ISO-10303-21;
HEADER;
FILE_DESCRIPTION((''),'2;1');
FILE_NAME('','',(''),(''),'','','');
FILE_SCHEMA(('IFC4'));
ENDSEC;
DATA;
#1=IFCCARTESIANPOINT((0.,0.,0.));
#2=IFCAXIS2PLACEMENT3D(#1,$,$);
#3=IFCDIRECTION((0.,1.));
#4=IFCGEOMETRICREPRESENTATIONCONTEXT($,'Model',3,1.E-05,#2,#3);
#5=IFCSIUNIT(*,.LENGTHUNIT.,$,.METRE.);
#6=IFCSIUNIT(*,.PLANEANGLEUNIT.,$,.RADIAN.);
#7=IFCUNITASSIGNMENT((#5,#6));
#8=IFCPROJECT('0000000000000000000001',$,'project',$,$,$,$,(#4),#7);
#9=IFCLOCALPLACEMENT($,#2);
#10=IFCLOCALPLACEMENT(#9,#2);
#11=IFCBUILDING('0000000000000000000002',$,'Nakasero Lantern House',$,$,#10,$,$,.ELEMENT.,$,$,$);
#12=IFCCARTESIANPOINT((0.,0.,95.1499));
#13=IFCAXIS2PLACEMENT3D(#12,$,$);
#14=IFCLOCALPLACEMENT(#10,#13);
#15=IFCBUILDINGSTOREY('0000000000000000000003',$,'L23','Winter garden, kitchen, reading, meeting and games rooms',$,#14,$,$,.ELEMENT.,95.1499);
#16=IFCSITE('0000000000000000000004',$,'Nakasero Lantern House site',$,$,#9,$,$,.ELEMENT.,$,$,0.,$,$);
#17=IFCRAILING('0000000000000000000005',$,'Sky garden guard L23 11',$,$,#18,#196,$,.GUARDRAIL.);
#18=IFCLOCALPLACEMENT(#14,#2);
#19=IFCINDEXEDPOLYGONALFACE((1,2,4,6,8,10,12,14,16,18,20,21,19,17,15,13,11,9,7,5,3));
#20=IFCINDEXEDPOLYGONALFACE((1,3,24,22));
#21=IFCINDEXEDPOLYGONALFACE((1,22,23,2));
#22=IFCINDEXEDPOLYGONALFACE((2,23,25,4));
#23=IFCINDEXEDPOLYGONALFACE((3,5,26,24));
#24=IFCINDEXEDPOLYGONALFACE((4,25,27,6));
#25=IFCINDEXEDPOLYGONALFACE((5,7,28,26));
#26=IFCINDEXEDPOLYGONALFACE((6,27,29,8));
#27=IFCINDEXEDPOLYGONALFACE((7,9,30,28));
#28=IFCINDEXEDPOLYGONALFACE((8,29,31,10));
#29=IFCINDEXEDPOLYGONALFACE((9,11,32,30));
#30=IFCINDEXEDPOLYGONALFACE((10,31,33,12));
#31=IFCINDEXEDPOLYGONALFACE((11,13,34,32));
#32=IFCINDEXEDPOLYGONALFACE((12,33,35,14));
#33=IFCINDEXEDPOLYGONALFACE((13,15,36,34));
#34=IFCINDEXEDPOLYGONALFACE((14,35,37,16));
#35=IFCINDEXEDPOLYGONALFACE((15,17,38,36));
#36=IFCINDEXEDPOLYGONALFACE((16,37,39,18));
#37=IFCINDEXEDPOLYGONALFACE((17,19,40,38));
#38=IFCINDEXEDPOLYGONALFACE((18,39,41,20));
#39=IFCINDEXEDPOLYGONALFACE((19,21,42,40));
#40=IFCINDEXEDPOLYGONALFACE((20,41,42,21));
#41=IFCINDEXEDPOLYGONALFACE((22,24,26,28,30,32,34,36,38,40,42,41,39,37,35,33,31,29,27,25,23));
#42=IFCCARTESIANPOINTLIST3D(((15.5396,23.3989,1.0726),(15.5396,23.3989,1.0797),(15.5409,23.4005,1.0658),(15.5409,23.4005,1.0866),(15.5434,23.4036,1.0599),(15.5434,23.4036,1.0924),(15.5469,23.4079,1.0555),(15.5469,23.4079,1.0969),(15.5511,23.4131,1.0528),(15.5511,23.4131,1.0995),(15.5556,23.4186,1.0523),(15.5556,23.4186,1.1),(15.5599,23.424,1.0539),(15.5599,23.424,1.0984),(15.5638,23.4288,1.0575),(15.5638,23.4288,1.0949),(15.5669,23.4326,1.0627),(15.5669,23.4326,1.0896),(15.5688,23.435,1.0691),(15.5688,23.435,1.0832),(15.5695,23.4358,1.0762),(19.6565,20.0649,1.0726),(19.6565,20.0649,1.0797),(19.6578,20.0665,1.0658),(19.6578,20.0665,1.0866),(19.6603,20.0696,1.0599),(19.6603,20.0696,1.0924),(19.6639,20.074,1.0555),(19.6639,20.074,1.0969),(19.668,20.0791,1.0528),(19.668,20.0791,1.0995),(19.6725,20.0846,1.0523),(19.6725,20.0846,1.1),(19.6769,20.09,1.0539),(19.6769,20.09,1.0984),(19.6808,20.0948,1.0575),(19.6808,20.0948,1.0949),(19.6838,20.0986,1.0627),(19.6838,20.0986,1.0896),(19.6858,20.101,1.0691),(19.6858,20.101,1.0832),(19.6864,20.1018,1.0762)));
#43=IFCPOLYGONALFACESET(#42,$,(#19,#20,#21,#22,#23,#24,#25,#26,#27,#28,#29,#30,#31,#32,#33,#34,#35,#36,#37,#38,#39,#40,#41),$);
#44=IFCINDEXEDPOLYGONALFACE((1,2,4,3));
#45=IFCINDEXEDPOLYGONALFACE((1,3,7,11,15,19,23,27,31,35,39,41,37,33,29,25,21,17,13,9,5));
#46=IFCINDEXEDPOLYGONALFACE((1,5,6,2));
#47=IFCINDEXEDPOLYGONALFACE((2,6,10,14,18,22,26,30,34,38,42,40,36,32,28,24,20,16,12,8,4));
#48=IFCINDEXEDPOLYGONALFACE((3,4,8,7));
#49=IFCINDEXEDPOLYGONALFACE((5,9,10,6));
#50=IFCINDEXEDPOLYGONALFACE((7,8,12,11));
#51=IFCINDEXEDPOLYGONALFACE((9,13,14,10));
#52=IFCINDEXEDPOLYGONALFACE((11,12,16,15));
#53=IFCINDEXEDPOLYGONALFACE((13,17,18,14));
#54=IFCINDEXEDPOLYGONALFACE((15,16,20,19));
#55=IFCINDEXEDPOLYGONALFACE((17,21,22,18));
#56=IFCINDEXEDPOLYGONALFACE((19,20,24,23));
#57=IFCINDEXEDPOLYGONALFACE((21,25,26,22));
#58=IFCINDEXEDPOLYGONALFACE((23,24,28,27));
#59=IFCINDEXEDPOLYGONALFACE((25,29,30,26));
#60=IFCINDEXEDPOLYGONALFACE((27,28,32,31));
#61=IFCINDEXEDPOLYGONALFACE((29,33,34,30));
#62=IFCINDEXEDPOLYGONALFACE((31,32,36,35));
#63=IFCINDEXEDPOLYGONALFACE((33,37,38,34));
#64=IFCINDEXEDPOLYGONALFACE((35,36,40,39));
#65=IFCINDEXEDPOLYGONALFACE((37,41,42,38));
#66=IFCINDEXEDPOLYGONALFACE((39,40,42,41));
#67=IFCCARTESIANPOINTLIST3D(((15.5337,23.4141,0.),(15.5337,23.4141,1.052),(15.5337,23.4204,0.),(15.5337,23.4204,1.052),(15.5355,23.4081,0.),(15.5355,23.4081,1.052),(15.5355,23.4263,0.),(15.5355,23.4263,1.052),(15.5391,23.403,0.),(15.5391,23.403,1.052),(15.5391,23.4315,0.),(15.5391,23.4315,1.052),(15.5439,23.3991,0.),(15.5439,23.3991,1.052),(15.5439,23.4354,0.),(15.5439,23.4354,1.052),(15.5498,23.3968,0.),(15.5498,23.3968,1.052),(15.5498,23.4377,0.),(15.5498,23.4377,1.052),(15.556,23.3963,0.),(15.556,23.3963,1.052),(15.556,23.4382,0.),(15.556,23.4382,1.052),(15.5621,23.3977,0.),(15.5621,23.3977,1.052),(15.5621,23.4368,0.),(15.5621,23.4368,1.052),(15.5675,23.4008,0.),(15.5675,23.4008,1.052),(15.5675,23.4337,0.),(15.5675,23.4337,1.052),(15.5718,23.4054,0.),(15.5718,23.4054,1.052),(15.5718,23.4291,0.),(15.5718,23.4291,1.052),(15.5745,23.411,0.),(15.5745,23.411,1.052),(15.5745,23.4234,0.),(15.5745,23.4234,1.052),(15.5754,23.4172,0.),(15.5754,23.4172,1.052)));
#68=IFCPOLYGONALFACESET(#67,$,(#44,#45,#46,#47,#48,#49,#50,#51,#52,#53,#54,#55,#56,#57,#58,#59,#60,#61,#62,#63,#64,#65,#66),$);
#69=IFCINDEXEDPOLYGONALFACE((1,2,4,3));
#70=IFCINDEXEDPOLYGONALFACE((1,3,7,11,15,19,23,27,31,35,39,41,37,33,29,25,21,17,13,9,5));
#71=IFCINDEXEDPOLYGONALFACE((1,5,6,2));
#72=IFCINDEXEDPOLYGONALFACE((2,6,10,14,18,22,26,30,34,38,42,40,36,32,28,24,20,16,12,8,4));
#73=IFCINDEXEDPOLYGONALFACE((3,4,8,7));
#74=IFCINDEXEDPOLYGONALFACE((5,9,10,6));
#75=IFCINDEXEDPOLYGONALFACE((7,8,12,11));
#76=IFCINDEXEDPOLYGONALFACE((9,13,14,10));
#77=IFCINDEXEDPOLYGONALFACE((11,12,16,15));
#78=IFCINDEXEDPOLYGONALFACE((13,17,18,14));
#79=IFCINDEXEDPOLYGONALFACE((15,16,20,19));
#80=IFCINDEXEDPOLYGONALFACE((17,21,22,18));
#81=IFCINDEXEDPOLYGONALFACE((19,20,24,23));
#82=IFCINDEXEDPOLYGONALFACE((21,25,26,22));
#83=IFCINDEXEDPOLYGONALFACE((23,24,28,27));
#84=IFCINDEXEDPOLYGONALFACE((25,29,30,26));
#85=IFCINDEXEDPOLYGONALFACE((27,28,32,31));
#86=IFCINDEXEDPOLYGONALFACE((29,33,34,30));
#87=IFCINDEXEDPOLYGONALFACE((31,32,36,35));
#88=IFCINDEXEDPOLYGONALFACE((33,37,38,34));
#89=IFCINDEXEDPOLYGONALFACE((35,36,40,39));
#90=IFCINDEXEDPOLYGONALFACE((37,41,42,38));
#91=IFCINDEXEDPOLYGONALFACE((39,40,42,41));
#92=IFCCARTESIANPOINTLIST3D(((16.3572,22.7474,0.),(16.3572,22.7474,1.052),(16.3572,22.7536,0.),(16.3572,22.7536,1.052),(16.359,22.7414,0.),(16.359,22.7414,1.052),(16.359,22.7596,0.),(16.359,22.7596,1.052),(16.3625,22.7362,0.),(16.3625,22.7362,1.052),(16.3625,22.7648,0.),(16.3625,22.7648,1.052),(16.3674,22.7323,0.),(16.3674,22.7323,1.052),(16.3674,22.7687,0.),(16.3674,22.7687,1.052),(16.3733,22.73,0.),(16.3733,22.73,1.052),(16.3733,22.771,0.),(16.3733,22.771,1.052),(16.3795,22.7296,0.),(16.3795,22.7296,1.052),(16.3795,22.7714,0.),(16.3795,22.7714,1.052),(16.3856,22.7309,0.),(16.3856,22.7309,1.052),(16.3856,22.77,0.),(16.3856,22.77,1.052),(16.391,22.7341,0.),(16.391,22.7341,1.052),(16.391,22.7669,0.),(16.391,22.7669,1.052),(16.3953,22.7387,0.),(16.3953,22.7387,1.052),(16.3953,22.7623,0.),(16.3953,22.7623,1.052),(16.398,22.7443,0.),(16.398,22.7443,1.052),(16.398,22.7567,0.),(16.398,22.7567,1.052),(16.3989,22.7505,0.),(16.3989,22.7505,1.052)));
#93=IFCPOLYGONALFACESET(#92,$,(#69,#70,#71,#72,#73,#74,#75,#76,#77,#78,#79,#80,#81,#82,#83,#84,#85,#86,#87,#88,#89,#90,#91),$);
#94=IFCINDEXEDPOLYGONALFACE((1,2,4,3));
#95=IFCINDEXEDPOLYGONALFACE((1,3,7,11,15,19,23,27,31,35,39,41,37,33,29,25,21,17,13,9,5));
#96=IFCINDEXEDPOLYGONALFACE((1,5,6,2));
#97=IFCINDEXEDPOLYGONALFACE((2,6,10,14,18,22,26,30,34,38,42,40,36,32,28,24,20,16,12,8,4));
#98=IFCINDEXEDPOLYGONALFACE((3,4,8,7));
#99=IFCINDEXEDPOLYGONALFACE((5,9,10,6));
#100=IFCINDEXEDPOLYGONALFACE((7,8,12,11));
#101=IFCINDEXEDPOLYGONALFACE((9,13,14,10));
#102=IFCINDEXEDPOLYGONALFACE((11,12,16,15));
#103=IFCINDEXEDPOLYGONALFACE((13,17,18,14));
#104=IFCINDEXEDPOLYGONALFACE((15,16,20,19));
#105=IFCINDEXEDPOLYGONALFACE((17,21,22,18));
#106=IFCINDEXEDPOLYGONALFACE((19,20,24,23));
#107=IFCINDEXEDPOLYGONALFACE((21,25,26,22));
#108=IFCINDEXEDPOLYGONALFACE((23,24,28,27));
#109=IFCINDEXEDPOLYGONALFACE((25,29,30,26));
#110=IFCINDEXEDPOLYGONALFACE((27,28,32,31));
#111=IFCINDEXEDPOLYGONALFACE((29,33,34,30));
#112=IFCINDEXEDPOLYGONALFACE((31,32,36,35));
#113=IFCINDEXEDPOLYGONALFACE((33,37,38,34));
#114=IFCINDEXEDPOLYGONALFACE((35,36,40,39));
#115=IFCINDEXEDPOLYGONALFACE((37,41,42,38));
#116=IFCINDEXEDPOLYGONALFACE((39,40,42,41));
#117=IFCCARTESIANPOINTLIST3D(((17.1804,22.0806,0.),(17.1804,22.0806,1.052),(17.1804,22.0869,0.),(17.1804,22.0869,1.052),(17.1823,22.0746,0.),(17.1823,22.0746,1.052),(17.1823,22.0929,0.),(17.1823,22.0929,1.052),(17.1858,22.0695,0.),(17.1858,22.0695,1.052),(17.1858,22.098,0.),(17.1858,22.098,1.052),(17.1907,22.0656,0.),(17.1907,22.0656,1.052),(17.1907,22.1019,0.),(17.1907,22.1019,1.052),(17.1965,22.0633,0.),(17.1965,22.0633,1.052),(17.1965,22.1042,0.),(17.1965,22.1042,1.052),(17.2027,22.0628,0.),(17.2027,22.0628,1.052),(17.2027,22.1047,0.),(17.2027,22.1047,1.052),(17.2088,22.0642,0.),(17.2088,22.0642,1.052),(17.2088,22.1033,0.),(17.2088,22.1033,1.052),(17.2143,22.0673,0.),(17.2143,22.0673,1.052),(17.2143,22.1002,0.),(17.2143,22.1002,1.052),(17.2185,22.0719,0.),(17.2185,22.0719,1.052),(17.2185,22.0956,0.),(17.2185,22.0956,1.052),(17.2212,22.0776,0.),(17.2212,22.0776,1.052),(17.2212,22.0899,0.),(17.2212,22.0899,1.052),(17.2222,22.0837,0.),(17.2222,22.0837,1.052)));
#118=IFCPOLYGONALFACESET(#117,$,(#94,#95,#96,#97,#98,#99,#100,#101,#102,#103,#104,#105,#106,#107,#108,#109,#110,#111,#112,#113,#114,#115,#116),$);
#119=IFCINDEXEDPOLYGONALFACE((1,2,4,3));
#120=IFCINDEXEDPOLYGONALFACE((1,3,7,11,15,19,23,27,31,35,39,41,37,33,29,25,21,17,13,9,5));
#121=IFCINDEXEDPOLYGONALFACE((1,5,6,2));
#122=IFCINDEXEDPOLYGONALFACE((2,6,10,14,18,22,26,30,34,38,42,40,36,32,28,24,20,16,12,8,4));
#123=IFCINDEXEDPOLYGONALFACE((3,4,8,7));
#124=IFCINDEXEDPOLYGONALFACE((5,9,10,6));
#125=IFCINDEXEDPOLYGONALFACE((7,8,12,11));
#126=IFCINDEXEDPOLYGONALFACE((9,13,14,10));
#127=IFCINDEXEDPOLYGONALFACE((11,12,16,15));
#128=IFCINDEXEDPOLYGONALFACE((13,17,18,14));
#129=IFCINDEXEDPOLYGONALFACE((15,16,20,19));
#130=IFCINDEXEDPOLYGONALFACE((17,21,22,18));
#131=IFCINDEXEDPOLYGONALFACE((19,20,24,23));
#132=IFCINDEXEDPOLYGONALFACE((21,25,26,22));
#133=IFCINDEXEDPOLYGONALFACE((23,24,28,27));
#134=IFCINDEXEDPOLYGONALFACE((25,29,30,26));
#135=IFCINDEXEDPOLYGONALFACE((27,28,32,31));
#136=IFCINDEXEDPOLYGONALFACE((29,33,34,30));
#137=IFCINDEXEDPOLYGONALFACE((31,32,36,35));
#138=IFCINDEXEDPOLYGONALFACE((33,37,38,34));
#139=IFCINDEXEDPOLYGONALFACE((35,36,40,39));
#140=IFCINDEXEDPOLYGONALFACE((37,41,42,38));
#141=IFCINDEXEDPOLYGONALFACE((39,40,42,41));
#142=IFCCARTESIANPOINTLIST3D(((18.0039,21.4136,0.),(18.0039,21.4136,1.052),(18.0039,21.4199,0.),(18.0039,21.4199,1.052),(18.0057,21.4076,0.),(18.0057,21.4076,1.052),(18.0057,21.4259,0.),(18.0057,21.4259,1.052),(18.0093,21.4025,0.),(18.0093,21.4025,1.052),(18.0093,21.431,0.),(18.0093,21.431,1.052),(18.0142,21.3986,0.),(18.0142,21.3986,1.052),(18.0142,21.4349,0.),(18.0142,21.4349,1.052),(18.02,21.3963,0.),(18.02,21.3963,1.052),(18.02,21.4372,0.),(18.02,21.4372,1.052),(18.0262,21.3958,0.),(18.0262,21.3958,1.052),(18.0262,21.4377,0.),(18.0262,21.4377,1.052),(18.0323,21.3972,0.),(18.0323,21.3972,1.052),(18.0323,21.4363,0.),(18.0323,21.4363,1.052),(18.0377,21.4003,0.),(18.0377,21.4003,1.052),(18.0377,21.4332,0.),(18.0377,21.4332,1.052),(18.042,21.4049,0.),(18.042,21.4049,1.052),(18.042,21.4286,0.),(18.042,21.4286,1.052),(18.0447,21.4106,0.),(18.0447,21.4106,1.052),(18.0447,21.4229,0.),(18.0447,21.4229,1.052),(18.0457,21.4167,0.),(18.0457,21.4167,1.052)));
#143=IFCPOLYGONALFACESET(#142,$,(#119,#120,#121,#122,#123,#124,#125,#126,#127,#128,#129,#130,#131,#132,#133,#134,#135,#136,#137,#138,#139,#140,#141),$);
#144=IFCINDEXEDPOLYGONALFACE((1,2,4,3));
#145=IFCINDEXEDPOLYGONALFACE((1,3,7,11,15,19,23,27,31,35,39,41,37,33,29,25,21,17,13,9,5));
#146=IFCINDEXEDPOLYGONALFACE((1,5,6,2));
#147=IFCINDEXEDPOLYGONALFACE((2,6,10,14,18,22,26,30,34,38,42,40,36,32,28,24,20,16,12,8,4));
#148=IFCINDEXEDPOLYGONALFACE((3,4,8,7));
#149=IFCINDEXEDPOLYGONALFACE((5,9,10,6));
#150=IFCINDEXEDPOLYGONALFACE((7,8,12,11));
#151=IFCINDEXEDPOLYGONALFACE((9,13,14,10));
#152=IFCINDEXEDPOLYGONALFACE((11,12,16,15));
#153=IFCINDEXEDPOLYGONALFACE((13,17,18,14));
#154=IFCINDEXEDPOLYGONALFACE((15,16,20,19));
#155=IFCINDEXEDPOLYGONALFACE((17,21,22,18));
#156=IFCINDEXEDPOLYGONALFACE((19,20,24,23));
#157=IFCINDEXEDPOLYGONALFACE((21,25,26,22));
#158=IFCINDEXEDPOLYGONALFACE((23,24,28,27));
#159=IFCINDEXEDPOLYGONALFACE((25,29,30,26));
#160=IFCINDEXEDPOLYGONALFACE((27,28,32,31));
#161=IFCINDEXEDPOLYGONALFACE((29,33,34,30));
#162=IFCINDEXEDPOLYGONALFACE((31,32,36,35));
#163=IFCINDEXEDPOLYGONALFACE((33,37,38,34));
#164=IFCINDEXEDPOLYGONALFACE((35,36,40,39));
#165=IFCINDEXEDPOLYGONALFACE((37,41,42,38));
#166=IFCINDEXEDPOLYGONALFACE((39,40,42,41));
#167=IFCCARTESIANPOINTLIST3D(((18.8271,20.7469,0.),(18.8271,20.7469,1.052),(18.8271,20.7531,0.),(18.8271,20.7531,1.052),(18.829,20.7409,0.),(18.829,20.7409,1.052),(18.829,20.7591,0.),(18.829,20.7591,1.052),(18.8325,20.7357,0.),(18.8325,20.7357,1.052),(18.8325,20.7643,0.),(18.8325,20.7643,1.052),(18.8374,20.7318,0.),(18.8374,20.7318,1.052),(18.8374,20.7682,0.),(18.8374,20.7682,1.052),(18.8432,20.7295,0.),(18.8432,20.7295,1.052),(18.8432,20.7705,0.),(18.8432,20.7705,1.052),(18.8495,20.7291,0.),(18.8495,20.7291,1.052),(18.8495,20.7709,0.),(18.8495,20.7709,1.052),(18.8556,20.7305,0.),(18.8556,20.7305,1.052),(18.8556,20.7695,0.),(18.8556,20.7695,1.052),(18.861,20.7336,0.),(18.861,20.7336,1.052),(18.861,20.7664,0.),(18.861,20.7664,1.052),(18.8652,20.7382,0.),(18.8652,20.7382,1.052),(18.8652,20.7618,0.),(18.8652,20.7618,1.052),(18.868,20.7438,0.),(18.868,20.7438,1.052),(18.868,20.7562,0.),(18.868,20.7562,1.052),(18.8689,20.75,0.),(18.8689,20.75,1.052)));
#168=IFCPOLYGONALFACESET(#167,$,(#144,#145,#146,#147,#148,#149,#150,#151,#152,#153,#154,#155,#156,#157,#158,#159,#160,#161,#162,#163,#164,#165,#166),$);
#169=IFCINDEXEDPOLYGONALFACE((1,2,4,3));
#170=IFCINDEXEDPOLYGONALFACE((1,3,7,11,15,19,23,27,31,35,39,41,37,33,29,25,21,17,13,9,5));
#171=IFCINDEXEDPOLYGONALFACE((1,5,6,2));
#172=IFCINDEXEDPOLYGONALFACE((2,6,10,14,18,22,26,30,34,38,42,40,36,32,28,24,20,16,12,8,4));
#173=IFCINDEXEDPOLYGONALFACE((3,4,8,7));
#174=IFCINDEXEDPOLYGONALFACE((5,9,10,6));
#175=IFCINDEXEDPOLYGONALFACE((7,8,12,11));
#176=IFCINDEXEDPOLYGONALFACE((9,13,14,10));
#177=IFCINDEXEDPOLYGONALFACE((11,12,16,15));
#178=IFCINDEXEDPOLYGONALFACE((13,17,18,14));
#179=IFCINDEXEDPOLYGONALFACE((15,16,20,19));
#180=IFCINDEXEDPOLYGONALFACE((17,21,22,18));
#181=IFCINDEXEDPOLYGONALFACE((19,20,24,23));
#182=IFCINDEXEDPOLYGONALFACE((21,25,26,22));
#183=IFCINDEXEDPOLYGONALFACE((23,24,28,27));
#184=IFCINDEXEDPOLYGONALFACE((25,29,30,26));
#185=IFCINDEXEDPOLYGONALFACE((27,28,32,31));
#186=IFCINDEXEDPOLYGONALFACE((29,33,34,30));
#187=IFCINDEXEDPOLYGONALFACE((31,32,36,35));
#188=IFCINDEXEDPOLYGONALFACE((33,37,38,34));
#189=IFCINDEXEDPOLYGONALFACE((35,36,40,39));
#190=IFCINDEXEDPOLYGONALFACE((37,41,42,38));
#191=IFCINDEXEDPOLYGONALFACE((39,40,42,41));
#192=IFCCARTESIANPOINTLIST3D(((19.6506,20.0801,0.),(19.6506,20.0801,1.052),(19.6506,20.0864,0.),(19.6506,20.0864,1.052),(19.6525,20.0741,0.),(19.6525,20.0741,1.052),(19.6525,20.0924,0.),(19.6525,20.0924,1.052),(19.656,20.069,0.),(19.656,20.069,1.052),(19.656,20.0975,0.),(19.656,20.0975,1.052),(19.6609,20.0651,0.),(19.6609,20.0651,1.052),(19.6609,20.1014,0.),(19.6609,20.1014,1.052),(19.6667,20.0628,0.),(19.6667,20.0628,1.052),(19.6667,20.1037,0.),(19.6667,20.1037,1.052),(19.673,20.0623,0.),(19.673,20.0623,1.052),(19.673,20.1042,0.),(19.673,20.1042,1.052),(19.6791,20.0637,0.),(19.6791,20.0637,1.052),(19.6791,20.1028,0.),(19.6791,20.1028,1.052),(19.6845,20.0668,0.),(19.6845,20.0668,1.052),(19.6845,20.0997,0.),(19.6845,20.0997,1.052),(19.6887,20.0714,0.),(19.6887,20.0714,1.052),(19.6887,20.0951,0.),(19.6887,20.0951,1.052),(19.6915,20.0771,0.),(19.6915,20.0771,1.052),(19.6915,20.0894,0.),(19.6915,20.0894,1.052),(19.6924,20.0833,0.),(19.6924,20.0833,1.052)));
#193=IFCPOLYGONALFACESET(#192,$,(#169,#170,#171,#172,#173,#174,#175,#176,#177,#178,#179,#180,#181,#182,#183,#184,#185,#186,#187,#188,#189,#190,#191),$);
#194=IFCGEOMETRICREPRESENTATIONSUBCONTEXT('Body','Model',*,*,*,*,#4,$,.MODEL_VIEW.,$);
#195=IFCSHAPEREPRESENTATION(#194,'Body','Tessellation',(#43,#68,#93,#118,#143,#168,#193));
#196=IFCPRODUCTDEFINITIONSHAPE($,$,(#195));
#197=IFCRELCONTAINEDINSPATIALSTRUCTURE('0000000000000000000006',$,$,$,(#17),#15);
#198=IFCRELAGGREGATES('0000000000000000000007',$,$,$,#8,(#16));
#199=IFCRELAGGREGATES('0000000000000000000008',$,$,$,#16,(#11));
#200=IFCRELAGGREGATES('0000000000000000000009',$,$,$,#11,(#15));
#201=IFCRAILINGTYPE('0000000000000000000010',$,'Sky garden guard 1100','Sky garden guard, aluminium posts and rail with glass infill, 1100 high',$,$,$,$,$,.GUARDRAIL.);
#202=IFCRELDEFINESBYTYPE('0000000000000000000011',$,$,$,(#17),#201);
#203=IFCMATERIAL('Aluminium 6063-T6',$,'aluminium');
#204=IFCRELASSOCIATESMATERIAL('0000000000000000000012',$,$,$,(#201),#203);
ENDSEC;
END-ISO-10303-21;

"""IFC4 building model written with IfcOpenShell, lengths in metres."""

from ifc_helpers import new_model, si_unit, direction, frame, origin, origin_2d, place, context, subcontext, project, spatial, circle, extrude, material, type_object, element, save


model = new_model("IFC4")

# Units and contexts
model_context = context("Model", 3, precision=1e-05, world=origin(), true_north=direction((0.0, 1.0)))
body_context = subcontext(model_context, "Body", "Model", "MODEL_VIEW")
ifc_project = project(units=[si_unit("LENGTHUNIT", "METRE"), si_unit("PLANEANGLEUNIT", "RADIAN")], contexts=[model_context])

# Site, building, storey
site_placement = place(None, origin())
site = spatial("IfcSite", under=ifc_project, at=site_placement, Name="Nakasero Lantern House site", CompositionType="ELEMENT", RefElevation=0.0)
building_placement = place(site_placement, origin())
building = spatial("IfcBuilding", under=site, at=building_placement, Name="Nakasero Lantern House", CompositionType="ELEMENT")
storey_placement = place(building_placement, frame((0.0, 0.0, 95.1499)))
storey = spatial("IfcBuildingStorey", under=building, at=storey_placement, Name="L23", Description="Winter garden, kitchen, reading, meeting and games rooms", CompositionType="ELEMENT", Elevation=95.1499)

# Railing
ifc_material_1 = material(Name="Aluminium 6063-T6", Category="aluminium")
railing_type = type_object("IfcRailingType", Name="Sky garden guard 1100", Description="Sky garden guard, aluminium posts and rail with glass infill, 1100 high", PredefinedType="GUARDRAIL", material=ifc_material_1)
railing_1_placement = place(storey_placement, frame((15.5544, 23.4172, 0.0)))
element("IfcRailing", 1, at=railing_1_placement, inside=storey, type_object=railing_type, Name="Sky garden guard L23 11", PredefinedType="GUARDRAIL", context=body_context, shape_type="SweptSolid", body=[
    extrude(circle(Radius=0.0239, at=origin_2d()), frame((0.0, 0.0, 1.0762), z_axis=(0.777132, -0.629337, 0.0), x_axis=(0.629337, 0.777132, 0.0)), (0.0, 0.0, 1.0), 5.2976),
    extrude(circle(Radius=0.021, at=origin_2d()), origin(), (0.0, 0.0, 1.0), 1.052),
    extrude(circle(Radius=0.021, at=origin_2d()), frame((0.8235, -0.6667, 0.0)), (0.0, 0.0, 1.0), 1.052),
    extrude(circle(Radius=0.021, at=origin_2d()), frame((1.6467, -1.3335, 0.0)), (0.0, 0.0, 1.0), 1.052),
    extrude(circle(Radius=0.021, at=origin_2d()), frame((2.4702, -2.0005, 0.0)), (0.0, 0.0, 1.0), 1.052),
    extrude(circle(Radius=0.021, at=origin_2d()), frame((3.2935, -2.6672, 0.0)), (0.0, 0.0, 1.0), 1.052),
    extrude(circle(Radius=0.021, at=origin_2d()), frame((4.1169, -3.334, 0.0)), (0.0, 0.0, 1.0), 1.052),
])

save(model, "model.ifc")
